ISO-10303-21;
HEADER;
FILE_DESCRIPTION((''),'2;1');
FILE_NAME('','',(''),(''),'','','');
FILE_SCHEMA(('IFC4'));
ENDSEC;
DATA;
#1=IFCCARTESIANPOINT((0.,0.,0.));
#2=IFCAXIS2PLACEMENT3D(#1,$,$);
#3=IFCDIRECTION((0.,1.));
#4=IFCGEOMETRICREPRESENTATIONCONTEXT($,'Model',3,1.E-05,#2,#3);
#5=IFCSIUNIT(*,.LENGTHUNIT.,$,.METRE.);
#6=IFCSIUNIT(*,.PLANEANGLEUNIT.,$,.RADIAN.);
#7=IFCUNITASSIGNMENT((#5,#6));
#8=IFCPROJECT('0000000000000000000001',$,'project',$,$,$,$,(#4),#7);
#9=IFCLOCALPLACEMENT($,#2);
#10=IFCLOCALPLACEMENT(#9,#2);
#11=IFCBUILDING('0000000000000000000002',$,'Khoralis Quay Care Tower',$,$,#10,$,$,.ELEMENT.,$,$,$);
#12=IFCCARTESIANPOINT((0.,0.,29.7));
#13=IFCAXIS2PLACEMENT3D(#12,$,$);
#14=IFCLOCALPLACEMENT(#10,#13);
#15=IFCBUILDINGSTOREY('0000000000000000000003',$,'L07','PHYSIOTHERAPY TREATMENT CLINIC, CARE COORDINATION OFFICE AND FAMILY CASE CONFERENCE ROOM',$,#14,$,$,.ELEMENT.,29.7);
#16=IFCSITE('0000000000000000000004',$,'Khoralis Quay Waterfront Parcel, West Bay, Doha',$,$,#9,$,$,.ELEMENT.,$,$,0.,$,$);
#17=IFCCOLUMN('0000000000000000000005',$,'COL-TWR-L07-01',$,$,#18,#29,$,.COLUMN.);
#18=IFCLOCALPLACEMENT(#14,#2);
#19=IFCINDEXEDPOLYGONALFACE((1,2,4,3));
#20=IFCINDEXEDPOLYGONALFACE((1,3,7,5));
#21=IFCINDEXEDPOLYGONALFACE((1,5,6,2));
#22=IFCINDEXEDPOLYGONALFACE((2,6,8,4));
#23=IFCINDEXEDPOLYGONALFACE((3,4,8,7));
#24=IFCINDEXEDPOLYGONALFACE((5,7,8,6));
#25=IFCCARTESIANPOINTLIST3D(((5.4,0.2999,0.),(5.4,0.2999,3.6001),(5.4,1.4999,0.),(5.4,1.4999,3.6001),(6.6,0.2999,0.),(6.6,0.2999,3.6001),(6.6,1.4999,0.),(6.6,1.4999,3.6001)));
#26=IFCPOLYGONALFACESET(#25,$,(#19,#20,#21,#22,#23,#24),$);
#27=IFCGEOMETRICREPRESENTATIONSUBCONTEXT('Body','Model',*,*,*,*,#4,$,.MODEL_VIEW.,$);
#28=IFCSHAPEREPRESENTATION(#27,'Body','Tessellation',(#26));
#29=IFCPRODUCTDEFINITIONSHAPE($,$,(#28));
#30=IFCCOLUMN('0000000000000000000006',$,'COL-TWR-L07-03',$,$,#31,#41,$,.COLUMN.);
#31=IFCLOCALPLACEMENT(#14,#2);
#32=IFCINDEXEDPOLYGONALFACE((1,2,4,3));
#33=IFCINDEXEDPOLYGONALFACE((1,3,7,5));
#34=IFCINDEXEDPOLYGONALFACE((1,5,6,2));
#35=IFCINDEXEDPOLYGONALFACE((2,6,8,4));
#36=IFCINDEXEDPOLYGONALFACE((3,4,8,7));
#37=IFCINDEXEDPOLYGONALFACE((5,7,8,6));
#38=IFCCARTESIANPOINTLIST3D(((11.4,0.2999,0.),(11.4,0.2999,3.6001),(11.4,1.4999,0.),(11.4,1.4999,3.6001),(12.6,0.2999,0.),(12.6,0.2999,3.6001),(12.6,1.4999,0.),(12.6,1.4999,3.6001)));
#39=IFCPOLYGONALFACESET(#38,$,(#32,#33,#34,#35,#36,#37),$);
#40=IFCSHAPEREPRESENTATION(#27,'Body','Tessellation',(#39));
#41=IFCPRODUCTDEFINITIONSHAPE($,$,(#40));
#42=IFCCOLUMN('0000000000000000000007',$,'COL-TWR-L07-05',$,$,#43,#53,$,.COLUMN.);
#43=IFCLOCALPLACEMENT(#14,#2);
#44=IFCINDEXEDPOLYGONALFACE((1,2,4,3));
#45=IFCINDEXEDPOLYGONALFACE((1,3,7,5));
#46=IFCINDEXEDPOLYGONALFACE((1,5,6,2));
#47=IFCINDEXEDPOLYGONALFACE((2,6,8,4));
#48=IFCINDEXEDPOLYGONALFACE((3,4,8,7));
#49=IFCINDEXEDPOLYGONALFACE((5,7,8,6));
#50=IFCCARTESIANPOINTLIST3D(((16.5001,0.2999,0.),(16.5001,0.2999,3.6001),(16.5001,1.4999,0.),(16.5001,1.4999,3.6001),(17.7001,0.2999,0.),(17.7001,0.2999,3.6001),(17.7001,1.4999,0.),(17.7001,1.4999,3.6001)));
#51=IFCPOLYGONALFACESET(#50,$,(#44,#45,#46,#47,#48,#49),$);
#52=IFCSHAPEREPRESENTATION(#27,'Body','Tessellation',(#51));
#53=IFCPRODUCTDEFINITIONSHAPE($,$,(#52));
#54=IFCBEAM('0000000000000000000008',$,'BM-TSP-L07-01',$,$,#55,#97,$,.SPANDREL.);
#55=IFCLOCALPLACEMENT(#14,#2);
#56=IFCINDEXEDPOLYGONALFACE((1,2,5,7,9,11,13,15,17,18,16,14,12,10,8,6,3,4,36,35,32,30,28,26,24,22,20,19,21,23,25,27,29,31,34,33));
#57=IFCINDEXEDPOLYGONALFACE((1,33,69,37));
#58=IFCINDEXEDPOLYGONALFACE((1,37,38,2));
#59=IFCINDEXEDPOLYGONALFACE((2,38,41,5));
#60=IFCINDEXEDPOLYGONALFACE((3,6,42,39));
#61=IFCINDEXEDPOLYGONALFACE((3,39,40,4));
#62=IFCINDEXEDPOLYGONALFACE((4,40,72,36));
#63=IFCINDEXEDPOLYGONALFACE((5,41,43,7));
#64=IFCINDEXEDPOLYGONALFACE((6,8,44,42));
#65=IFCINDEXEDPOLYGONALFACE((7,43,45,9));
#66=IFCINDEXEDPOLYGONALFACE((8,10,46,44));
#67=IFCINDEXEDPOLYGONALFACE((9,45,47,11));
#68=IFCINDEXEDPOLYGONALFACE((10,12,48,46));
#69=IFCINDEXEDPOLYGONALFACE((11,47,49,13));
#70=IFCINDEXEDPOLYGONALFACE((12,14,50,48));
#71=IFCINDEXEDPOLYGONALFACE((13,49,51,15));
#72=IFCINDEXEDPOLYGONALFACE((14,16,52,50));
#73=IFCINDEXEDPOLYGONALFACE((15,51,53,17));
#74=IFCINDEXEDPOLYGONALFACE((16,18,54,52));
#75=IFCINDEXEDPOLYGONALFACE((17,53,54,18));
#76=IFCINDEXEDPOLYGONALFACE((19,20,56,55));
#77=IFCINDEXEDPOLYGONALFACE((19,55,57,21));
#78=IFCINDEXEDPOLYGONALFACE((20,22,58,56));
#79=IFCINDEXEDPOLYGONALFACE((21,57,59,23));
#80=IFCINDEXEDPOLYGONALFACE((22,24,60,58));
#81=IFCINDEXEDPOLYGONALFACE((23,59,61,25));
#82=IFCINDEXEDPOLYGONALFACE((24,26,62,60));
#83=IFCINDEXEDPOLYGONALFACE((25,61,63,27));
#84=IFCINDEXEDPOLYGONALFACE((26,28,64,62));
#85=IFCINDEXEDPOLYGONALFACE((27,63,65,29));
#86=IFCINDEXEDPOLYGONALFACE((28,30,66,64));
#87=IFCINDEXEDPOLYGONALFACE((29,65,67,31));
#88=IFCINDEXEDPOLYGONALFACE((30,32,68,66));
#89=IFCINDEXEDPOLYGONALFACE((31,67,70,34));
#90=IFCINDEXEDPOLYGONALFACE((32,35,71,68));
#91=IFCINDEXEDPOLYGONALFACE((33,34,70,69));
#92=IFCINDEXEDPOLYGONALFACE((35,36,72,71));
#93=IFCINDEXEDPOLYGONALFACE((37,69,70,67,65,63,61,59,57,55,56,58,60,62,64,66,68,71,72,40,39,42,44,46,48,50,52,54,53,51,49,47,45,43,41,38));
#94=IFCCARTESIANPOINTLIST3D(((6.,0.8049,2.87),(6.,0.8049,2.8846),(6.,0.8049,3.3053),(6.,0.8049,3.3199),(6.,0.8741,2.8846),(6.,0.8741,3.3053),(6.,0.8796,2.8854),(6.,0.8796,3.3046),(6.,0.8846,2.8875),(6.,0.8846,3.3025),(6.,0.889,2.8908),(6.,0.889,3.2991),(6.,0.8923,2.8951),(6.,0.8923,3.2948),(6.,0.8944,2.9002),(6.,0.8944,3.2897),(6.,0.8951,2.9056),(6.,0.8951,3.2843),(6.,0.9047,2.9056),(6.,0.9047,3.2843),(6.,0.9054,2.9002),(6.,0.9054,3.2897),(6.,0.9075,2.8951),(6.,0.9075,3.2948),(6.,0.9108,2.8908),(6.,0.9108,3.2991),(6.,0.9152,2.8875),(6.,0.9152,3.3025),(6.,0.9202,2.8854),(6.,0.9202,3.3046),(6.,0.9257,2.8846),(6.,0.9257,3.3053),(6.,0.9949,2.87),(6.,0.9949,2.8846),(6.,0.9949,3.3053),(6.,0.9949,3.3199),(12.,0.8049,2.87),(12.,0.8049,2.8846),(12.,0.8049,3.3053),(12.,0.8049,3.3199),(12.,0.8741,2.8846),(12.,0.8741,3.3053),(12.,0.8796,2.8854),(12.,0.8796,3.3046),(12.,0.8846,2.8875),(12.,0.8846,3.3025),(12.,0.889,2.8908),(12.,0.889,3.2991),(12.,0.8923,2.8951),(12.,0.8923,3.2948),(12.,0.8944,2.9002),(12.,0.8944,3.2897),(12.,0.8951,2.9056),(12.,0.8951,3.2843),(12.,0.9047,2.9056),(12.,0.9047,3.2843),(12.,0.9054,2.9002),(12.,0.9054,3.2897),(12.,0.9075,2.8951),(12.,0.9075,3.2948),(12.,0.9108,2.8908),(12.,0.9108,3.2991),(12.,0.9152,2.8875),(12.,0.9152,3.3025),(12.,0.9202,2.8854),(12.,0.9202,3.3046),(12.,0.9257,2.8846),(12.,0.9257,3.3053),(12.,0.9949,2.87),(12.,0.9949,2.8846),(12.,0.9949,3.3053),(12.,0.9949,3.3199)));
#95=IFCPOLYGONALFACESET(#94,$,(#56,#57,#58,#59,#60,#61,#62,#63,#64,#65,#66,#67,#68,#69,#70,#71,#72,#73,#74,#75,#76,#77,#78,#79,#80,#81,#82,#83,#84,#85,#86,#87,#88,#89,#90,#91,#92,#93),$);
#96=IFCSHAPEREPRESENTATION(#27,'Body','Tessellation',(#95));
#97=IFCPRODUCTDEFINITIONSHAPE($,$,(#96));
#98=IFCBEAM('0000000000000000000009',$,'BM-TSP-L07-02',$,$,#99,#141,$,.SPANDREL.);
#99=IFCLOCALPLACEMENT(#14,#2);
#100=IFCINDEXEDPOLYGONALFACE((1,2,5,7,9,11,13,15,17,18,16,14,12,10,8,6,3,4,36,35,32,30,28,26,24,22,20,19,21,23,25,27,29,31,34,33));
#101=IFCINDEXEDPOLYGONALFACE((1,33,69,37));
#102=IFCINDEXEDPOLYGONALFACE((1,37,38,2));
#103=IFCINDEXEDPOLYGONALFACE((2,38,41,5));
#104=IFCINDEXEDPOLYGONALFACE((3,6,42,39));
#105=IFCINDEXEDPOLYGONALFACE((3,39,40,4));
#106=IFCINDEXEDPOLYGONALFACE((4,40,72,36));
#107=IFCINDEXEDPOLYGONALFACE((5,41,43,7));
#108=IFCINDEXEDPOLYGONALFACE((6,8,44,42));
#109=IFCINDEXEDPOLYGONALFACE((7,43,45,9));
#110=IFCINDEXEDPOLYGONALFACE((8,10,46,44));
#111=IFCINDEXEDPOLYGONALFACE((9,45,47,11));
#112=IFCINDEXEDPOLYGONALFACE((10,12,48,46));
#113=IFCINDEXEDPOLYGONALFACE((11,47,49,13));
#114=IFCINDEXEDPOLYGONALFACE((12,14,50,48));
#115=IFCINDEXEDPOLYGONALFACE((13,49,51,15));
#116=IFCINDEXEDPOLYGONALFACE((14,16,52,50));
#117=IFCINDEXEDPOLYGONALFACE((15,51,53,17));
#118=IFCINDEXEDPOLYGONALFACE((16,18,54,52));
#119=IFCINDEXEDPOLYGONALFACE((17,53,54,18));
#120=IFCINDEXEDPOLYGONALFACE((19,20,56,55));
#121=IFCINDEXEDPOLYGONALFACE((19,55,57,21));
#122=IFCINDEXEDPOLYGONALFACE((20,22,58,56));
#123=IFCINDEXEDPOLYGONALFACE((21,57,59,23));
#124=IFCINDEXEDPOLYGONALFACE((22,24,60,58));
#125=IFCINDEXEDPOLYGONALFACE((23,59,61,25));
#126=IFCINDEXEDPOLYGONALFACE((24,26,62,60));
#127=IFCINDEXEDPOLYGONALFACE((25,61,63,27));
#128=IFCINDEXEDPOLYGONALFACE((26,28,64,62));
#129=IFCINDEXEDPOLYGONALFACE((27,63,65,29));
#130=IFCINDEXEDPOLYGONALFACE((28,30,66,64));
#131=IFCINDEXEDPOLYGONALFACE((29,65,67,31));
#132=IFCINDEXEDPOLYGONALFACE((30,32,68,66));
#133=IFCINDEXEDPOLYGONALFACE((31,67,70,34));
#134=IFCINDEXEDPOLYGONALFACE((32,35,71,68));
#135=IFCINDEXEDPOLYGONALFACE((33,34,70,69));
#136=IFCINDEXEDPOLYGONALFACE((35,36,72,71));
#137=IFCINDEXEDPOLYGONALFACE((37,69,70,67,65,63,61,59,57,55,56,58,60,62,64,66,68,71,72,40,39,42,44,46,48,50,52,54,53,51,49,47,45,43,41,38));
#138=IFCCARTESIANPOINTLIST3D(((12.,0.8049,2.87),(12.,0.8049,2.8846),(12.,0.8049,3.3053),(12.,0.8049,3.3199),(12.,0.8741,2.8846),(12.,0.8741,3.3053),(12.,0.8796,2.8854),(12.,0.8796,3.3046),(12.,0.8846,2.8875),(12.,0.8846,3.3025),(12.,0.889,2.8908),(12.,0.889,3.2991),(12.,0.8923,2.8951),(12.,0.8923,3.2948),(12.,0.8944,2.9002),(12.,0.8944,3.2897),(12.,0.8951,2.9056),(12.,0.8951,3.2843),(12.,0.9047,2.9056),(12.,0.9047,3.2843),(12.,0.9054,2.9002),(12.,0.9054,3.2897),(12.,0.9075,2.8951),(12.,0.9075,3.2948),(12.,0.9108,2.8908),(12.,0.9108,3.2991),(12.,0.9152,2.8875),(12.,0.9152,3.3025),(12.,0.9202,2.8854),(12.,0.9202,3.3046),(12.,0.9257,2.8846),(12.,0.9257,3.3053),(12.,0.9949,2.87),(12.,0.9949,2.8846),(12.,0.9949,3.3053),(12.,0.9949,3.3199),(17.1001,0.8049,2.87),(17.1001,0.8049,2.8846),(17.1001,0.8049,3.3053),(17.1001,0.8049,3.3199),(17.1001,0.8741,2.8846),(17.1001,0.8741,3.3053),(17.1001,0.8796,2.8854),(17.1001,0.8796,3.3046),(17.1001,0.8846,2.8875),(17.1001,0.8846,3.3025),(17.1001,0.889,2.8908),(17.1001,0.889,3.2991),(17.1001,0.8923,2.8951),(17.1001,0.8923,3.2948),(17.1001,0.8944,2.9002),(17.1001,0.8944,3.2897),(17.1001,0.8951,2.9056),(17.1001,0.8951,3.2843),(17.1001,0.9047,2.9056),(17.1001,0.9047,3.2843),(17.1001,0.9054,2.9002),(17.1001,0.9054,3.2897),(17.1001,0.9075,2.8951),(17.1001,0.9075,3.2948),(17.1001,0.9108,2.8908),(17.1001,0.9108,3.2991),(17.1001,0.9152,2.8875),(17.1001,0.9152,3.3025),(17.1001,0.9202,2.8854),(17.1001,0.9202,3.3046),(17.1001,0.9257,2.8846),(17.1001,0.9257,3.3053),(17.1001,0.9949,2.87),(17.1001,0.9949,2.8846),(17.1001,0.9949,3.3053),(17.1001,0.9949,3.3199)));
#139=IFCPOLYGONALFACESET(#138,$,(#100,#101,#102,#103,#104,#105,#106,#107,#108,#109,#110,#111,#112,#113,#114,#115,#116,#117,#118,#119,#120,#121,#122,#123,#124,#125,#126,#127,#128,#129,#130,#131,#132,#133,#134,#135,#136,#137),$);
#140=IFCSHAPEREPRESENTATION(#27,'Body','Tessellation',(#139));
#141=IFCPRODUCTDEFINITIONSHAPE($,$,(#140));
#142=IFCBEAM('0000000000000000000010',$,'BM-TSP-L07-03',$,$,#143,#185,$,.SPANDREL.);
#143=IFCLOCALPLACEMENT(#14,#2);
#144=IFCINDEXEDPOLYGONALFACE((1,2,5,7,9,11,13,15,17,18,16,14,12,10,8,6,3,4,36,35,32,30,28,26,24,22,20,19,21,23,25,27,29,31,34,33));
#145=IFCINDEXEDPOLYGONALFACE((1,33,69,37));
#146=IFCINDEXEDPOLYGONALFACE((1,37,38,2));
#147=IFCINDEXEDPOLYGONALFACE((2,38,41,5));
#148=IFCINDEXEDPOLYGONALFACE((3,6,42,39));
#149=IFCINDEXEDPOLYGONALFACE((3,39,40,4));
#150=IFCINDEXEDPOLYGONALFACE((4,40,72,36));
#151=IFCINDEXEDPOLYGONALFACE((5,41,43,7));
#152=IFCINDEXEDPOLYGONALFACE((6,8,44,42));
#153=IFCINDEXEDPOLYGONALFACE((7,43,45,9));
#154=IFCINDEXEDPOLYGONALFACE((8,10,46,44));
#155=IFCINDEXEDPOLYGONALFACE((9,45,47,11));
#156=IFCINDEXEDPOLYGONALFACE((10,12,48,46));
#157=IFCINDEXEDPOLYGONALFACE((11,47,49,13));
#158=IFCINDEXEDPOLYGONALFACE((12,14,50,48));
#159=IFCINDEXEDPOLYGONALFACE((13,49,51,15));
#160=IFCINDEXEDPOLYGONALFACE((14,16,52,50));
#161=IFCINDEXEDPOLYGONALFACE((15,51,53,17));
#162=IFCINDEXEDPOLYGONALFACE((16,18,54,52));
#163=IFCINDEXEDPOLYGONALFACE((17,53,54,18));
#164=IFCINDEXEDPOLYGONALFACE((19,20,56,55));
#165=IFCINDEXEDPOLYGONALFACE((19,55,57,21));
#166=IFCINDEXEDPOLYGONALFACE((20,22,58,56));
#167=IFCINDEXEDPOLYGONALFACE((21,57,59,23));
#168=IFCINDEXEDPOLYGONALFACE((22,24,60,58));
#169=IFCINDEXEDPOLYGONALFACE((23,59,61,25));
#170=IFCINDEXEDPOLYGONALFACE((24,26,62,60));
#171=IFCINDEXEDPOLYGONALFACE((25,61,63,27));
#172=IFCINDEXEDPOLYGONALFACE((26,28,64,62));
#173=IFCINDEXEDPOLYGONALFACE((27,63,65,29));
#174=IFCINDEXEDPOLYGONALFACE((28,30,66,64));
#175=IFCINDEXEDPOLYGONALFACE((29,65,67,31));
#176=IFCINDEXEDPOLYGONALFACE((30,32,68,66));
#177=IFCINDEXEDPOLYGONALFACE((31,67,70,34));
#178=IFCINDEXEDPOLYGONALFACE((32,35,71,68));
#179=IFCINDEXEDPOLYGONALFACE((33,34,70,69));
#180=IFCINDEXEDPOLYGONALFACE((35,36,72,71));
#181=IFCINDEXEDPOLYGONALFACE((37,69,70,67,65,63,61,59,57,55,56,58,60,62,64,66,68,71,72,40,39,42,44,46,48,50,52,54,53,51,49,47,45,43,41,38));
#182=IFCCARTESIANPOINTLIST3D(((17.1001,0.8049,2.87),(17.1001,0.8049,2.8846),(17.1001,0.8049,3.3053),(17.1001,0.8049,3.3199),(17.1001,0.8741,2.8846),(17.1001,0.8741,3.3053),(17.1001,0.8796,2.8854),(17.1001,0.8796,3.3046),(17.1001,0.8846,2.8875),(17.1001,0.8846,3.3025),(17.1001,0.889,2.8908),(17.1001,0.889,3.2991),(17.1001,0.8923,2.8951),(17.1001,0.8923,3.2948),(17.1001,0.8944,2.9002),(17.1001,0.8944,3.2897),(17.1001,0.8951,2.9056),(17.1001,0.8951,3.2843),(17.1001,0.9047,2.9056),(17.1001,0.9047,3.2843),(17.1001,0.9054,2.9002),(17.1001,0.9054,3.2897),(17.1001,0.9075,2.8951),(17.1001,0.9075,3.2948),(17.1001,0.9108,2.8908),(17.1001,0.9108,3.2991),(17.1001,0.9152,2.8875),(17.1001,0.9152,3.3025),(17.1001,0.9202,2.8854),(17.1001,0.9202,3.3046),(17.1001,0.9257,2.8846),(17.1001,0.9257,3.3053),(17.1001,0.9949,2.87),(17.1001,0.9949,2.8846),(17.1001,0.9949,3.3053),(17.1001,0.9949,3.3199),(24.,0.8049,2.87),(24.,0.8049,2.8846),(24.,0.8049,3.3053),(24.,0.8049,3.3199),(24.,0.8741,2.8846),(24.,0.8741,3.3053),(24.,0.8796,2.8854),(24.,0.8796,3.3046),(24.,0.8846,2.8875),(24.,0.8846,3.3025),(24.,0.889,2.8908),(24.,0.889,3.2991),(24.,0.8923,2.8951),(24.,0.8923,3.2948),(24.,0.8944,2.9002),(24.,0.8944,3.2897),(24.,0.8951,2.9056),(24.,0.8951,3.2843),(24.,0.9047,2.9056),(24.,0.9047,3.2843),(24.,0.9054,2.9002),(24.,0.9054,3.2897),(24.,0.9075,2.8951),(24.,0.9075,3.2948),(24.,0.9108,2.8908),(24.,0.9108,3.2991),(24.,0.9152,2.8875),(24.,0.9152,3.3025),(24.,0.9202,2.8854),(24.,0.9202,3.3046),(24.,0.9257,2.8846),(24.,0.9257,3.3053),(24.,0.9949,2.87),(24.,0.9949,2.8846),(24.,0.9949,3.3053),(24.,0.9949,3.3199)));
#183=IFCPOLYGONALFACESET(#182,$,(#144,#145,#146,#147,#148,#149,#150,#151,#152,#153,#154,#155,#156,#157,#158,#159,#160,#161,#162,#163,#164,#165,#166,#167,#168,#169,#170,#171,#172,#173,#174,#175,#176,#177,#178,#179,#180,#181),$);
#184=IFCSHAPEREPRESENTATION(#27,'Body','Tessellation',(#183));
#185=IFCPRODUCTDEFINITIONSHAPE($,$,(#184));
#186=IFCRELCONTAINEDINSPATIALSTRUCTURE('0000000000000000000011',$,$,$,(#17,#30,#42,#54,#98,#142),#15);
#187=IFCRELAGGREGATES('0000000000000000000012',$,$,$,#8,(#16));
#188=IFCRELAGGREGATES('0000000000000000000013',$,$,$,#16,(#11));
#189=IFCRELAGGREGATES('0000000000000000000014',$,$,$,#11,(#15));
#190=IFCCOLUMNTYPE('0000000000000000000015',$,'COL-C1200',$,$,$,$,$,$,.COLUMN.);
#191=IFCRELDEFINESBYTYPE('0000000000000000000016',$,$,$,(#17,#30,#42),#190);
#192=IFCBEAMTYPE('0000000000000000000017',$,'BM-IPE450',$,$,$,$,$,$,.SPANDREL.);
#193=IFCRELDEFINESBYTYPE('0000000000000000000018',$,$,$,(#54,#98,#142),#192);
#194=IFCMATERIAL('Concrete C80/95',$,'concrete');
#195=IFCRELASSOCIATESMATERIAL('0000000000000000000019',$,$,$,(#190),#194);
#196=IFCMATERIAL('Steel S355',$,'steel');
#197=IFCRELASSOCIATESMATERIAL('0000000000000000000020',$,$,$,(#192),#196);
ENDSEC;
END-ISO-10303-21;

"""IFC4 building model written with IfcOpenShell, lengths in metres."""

from ifc_helpers import new_model, si_unit, direction, frame, origin, origin_2d, place, context, subcontext, project, spatial, rectangle, i_section, extrude, source, transform, mapped, material, material_profile, profile_set, type_object, element, save


model = new_model("IFC4")

# Units and contexts
model_context = context("Model", 3, precision=1e-05, world=origin(), true_north=direction((0.0, 1.0)))
body_context = subcontext(model_context, "Body", "Model", "MODEL_VIEW")
ifc_project = project(units=[si_unit("LENGTHUNIT", "METRE"), si_unit("PLANEANGLEUNIT", "RADIAN")], contexts=[model_context])

# Site, building, storey
site_placement = place(None, origin())
site = spatial("IfcSite", under=ifc_project, at=site_placement, Name="Khoralis Quay Waterfront Parcel, West Bay, Doha", CompositionType="ELEMENT", RefElevation=0.0)
building_placement = place(site_placement, origin())
building = spatial("IfcBuilding", under=site, at=building_placement, Name="Khoralis Quay Care Tower", CompositionType="ELEMENT")
storey_placement = place(building_placement, frame((0.0, 0.0, 29.7)))
storey = spatial("IfcBuildingStorey", under=building, at=storey_placement, Name="L07", Description="PHYSIOTHERAPY TREATMENT CLINIC, CARE COORDINATION OFFICE AND FAMILY CASE CONFERENCE ROOM", CompositionType="ELEMENT", Elevation=29.7)

# Columns
ifc_material_1 = material(Name="Concrete C80/95", Category="concrete")
ifc_material_profile_1 = material_profile(ifc_material_1, rectangle(XDim=1.2, YDim=1.2, at=origin_2d()), Name="Concrete C80/95")
ifc_profile_set_1 = profile_set([ifc_material_profile_1], Name="Concrete C80/95")
column_type = type_object("IfcColumnType", Name="COL-C1200", PredefinedType="COLUMN", material=ifc_profile_set_1)
shared_shape_1 = source(origin(), body_context, "Body", "SweptSolid", [
    extrude(rectangle(XDim=1.2, YDim=1.2, at=origin_2d()), origin(), (0.0, 0.0, 1.0), 3.6001),
])
for number, where, z_axis, x_axis, name in (
    (1, (6.0, 0.8999, 0.0), (0.0, 0.0, 1.0), (1.0, 0.0, 0.0), "COL-TWR-L07-01"),
    (2, (12.0, 0.8999, 0.0), (0.0, 0.0, 1.0), (1.0, 0.0, 0.0), "COL-TWR-L07-03"),
    (3, (17.1001, 0.8999, 0.0), (0.0, 0.0, 1.0), (1.0, 0.0, 0.0), "COL-TWR-L07-05"),
):
    element("IfcColumn", number, at=place(storey_placement, frame(where, z_axis=z_axis, x_axis=x_axis)), inside=storey, type_object=column_type, Name=name, PredefinedType="COLUMN", context=body_context, shape_type="MappedRepresentation", body=[
        mapped(shared_shape_1, transform((0.0, 0.0, 0.0), scale=1.0)),
    ])

# Beams
ifc_material_2 = material(Name="Steel S355", Category="steel")
ifc_material_profile_2 = material_profile(ifc_material_2, i_section(OverallWidth=0.1899, OverallDepth=0.45, WebThickness=0.0095, FlangeThickness=0.0146, FilletRadius=0.021, at=origin_2d()), Name="Steel S355")
ifc_profile_set_2 = profile_set([ifc_material_profile_2], Name="Steel S355")
beam_type_1 = type_object("IfcBeamType", Name="BM-IPE450", PredefinedType="SPANDREL", material=ifc_profile_set_2)
shared_shape_2 = source(origin(), body_context, "Body", "SweptSolid", [
    extrude(i_section(OverallWidth=0.1899, OverallDepth=0.45, WebThickness=0.0095, FlangeThickness=0.0146, FilletRadius=0.021, at=origin_2d()), origin(), (0.0, 0.0, 1.0), 6.0),
])
beam_1_placement = place(storey_placement, frame((6.0, 0.8999, 3.095), z_axis=(1.0, 0.0, 0.0), x_axis=(0.0, 1.0, 0.0)))
element("IfcBeam", 4, at=beam_1_placement, inside=storey, type_object=beam_type_1, Name="BM-TSP-L07-01", PredefinedType="SPANDREL", context=body_context, shape_type="MappedRepresentation", body=[
    mapped(shared_shape_2, transform((0.0, 0.0, 0.0), scale=1.0)),
])
shared_shape_3 = source(origin(), body_context, "Body", "SweptSolid", [
    extrude(i_section(OverallWidth=0.1899, OverallDepth=0.45, WebThickness=0.0095, FlangeThickness=0.0146, FilletRadius=0.021, at=origin_2d()), origin(), (0.0, 0.0, 1.0), 5.1001),
])
beam_2_placement = place(storey_placement, frame((12.0, 0.8999, 3.095), z_axis=(1.0, 0.0, 0.0), x_axis=(0.0, 1.0, 0.0)))
element("IfcBeam", 5, at=beam_2_placement, inside=storey, type_object=beam_type_1, Name="BM-TSP-L07-02", PredefinedType="SPANDREL", context=body_context, shape_type="MappedRepresentation", body=[
    mapped(shared_shape_3, transform((0.0, 0.0, 0.0), scale=1.0)),
])
shared_shape_4 = source(origin(), body_context, "Body", "SweptSolid", [
    extrude(i_section(OverallWidth=0.1899, OverallDepth=0.45, WebThickness=0.0095, FlangeThickness=0.0146, FilletRadius=0.021, at=origin_2d()), origin(), (0.0, 0.0, 1.0), 6.8999),
])
beam_3_placement = place(storey_placement, frame((17.1001, 0.8999, 3.095), z_axis=(1.0, 0.0, 0.0), x_axis=(0.0, 1.0, 0.0)))
element("IfcBeam", 6, at=beam_3_placement, inside=storey, type_object=beam_type_1, Name="BM-TSP-L07-03", PredefinedType="SPANDREL", context=body_context, shape_type="MappedRepresentation", body=[
    mapped(shared_shape_4, transform((0.0, 0.0, 0.0), scale=1.0)),
])

save(model, "model.ifc")
